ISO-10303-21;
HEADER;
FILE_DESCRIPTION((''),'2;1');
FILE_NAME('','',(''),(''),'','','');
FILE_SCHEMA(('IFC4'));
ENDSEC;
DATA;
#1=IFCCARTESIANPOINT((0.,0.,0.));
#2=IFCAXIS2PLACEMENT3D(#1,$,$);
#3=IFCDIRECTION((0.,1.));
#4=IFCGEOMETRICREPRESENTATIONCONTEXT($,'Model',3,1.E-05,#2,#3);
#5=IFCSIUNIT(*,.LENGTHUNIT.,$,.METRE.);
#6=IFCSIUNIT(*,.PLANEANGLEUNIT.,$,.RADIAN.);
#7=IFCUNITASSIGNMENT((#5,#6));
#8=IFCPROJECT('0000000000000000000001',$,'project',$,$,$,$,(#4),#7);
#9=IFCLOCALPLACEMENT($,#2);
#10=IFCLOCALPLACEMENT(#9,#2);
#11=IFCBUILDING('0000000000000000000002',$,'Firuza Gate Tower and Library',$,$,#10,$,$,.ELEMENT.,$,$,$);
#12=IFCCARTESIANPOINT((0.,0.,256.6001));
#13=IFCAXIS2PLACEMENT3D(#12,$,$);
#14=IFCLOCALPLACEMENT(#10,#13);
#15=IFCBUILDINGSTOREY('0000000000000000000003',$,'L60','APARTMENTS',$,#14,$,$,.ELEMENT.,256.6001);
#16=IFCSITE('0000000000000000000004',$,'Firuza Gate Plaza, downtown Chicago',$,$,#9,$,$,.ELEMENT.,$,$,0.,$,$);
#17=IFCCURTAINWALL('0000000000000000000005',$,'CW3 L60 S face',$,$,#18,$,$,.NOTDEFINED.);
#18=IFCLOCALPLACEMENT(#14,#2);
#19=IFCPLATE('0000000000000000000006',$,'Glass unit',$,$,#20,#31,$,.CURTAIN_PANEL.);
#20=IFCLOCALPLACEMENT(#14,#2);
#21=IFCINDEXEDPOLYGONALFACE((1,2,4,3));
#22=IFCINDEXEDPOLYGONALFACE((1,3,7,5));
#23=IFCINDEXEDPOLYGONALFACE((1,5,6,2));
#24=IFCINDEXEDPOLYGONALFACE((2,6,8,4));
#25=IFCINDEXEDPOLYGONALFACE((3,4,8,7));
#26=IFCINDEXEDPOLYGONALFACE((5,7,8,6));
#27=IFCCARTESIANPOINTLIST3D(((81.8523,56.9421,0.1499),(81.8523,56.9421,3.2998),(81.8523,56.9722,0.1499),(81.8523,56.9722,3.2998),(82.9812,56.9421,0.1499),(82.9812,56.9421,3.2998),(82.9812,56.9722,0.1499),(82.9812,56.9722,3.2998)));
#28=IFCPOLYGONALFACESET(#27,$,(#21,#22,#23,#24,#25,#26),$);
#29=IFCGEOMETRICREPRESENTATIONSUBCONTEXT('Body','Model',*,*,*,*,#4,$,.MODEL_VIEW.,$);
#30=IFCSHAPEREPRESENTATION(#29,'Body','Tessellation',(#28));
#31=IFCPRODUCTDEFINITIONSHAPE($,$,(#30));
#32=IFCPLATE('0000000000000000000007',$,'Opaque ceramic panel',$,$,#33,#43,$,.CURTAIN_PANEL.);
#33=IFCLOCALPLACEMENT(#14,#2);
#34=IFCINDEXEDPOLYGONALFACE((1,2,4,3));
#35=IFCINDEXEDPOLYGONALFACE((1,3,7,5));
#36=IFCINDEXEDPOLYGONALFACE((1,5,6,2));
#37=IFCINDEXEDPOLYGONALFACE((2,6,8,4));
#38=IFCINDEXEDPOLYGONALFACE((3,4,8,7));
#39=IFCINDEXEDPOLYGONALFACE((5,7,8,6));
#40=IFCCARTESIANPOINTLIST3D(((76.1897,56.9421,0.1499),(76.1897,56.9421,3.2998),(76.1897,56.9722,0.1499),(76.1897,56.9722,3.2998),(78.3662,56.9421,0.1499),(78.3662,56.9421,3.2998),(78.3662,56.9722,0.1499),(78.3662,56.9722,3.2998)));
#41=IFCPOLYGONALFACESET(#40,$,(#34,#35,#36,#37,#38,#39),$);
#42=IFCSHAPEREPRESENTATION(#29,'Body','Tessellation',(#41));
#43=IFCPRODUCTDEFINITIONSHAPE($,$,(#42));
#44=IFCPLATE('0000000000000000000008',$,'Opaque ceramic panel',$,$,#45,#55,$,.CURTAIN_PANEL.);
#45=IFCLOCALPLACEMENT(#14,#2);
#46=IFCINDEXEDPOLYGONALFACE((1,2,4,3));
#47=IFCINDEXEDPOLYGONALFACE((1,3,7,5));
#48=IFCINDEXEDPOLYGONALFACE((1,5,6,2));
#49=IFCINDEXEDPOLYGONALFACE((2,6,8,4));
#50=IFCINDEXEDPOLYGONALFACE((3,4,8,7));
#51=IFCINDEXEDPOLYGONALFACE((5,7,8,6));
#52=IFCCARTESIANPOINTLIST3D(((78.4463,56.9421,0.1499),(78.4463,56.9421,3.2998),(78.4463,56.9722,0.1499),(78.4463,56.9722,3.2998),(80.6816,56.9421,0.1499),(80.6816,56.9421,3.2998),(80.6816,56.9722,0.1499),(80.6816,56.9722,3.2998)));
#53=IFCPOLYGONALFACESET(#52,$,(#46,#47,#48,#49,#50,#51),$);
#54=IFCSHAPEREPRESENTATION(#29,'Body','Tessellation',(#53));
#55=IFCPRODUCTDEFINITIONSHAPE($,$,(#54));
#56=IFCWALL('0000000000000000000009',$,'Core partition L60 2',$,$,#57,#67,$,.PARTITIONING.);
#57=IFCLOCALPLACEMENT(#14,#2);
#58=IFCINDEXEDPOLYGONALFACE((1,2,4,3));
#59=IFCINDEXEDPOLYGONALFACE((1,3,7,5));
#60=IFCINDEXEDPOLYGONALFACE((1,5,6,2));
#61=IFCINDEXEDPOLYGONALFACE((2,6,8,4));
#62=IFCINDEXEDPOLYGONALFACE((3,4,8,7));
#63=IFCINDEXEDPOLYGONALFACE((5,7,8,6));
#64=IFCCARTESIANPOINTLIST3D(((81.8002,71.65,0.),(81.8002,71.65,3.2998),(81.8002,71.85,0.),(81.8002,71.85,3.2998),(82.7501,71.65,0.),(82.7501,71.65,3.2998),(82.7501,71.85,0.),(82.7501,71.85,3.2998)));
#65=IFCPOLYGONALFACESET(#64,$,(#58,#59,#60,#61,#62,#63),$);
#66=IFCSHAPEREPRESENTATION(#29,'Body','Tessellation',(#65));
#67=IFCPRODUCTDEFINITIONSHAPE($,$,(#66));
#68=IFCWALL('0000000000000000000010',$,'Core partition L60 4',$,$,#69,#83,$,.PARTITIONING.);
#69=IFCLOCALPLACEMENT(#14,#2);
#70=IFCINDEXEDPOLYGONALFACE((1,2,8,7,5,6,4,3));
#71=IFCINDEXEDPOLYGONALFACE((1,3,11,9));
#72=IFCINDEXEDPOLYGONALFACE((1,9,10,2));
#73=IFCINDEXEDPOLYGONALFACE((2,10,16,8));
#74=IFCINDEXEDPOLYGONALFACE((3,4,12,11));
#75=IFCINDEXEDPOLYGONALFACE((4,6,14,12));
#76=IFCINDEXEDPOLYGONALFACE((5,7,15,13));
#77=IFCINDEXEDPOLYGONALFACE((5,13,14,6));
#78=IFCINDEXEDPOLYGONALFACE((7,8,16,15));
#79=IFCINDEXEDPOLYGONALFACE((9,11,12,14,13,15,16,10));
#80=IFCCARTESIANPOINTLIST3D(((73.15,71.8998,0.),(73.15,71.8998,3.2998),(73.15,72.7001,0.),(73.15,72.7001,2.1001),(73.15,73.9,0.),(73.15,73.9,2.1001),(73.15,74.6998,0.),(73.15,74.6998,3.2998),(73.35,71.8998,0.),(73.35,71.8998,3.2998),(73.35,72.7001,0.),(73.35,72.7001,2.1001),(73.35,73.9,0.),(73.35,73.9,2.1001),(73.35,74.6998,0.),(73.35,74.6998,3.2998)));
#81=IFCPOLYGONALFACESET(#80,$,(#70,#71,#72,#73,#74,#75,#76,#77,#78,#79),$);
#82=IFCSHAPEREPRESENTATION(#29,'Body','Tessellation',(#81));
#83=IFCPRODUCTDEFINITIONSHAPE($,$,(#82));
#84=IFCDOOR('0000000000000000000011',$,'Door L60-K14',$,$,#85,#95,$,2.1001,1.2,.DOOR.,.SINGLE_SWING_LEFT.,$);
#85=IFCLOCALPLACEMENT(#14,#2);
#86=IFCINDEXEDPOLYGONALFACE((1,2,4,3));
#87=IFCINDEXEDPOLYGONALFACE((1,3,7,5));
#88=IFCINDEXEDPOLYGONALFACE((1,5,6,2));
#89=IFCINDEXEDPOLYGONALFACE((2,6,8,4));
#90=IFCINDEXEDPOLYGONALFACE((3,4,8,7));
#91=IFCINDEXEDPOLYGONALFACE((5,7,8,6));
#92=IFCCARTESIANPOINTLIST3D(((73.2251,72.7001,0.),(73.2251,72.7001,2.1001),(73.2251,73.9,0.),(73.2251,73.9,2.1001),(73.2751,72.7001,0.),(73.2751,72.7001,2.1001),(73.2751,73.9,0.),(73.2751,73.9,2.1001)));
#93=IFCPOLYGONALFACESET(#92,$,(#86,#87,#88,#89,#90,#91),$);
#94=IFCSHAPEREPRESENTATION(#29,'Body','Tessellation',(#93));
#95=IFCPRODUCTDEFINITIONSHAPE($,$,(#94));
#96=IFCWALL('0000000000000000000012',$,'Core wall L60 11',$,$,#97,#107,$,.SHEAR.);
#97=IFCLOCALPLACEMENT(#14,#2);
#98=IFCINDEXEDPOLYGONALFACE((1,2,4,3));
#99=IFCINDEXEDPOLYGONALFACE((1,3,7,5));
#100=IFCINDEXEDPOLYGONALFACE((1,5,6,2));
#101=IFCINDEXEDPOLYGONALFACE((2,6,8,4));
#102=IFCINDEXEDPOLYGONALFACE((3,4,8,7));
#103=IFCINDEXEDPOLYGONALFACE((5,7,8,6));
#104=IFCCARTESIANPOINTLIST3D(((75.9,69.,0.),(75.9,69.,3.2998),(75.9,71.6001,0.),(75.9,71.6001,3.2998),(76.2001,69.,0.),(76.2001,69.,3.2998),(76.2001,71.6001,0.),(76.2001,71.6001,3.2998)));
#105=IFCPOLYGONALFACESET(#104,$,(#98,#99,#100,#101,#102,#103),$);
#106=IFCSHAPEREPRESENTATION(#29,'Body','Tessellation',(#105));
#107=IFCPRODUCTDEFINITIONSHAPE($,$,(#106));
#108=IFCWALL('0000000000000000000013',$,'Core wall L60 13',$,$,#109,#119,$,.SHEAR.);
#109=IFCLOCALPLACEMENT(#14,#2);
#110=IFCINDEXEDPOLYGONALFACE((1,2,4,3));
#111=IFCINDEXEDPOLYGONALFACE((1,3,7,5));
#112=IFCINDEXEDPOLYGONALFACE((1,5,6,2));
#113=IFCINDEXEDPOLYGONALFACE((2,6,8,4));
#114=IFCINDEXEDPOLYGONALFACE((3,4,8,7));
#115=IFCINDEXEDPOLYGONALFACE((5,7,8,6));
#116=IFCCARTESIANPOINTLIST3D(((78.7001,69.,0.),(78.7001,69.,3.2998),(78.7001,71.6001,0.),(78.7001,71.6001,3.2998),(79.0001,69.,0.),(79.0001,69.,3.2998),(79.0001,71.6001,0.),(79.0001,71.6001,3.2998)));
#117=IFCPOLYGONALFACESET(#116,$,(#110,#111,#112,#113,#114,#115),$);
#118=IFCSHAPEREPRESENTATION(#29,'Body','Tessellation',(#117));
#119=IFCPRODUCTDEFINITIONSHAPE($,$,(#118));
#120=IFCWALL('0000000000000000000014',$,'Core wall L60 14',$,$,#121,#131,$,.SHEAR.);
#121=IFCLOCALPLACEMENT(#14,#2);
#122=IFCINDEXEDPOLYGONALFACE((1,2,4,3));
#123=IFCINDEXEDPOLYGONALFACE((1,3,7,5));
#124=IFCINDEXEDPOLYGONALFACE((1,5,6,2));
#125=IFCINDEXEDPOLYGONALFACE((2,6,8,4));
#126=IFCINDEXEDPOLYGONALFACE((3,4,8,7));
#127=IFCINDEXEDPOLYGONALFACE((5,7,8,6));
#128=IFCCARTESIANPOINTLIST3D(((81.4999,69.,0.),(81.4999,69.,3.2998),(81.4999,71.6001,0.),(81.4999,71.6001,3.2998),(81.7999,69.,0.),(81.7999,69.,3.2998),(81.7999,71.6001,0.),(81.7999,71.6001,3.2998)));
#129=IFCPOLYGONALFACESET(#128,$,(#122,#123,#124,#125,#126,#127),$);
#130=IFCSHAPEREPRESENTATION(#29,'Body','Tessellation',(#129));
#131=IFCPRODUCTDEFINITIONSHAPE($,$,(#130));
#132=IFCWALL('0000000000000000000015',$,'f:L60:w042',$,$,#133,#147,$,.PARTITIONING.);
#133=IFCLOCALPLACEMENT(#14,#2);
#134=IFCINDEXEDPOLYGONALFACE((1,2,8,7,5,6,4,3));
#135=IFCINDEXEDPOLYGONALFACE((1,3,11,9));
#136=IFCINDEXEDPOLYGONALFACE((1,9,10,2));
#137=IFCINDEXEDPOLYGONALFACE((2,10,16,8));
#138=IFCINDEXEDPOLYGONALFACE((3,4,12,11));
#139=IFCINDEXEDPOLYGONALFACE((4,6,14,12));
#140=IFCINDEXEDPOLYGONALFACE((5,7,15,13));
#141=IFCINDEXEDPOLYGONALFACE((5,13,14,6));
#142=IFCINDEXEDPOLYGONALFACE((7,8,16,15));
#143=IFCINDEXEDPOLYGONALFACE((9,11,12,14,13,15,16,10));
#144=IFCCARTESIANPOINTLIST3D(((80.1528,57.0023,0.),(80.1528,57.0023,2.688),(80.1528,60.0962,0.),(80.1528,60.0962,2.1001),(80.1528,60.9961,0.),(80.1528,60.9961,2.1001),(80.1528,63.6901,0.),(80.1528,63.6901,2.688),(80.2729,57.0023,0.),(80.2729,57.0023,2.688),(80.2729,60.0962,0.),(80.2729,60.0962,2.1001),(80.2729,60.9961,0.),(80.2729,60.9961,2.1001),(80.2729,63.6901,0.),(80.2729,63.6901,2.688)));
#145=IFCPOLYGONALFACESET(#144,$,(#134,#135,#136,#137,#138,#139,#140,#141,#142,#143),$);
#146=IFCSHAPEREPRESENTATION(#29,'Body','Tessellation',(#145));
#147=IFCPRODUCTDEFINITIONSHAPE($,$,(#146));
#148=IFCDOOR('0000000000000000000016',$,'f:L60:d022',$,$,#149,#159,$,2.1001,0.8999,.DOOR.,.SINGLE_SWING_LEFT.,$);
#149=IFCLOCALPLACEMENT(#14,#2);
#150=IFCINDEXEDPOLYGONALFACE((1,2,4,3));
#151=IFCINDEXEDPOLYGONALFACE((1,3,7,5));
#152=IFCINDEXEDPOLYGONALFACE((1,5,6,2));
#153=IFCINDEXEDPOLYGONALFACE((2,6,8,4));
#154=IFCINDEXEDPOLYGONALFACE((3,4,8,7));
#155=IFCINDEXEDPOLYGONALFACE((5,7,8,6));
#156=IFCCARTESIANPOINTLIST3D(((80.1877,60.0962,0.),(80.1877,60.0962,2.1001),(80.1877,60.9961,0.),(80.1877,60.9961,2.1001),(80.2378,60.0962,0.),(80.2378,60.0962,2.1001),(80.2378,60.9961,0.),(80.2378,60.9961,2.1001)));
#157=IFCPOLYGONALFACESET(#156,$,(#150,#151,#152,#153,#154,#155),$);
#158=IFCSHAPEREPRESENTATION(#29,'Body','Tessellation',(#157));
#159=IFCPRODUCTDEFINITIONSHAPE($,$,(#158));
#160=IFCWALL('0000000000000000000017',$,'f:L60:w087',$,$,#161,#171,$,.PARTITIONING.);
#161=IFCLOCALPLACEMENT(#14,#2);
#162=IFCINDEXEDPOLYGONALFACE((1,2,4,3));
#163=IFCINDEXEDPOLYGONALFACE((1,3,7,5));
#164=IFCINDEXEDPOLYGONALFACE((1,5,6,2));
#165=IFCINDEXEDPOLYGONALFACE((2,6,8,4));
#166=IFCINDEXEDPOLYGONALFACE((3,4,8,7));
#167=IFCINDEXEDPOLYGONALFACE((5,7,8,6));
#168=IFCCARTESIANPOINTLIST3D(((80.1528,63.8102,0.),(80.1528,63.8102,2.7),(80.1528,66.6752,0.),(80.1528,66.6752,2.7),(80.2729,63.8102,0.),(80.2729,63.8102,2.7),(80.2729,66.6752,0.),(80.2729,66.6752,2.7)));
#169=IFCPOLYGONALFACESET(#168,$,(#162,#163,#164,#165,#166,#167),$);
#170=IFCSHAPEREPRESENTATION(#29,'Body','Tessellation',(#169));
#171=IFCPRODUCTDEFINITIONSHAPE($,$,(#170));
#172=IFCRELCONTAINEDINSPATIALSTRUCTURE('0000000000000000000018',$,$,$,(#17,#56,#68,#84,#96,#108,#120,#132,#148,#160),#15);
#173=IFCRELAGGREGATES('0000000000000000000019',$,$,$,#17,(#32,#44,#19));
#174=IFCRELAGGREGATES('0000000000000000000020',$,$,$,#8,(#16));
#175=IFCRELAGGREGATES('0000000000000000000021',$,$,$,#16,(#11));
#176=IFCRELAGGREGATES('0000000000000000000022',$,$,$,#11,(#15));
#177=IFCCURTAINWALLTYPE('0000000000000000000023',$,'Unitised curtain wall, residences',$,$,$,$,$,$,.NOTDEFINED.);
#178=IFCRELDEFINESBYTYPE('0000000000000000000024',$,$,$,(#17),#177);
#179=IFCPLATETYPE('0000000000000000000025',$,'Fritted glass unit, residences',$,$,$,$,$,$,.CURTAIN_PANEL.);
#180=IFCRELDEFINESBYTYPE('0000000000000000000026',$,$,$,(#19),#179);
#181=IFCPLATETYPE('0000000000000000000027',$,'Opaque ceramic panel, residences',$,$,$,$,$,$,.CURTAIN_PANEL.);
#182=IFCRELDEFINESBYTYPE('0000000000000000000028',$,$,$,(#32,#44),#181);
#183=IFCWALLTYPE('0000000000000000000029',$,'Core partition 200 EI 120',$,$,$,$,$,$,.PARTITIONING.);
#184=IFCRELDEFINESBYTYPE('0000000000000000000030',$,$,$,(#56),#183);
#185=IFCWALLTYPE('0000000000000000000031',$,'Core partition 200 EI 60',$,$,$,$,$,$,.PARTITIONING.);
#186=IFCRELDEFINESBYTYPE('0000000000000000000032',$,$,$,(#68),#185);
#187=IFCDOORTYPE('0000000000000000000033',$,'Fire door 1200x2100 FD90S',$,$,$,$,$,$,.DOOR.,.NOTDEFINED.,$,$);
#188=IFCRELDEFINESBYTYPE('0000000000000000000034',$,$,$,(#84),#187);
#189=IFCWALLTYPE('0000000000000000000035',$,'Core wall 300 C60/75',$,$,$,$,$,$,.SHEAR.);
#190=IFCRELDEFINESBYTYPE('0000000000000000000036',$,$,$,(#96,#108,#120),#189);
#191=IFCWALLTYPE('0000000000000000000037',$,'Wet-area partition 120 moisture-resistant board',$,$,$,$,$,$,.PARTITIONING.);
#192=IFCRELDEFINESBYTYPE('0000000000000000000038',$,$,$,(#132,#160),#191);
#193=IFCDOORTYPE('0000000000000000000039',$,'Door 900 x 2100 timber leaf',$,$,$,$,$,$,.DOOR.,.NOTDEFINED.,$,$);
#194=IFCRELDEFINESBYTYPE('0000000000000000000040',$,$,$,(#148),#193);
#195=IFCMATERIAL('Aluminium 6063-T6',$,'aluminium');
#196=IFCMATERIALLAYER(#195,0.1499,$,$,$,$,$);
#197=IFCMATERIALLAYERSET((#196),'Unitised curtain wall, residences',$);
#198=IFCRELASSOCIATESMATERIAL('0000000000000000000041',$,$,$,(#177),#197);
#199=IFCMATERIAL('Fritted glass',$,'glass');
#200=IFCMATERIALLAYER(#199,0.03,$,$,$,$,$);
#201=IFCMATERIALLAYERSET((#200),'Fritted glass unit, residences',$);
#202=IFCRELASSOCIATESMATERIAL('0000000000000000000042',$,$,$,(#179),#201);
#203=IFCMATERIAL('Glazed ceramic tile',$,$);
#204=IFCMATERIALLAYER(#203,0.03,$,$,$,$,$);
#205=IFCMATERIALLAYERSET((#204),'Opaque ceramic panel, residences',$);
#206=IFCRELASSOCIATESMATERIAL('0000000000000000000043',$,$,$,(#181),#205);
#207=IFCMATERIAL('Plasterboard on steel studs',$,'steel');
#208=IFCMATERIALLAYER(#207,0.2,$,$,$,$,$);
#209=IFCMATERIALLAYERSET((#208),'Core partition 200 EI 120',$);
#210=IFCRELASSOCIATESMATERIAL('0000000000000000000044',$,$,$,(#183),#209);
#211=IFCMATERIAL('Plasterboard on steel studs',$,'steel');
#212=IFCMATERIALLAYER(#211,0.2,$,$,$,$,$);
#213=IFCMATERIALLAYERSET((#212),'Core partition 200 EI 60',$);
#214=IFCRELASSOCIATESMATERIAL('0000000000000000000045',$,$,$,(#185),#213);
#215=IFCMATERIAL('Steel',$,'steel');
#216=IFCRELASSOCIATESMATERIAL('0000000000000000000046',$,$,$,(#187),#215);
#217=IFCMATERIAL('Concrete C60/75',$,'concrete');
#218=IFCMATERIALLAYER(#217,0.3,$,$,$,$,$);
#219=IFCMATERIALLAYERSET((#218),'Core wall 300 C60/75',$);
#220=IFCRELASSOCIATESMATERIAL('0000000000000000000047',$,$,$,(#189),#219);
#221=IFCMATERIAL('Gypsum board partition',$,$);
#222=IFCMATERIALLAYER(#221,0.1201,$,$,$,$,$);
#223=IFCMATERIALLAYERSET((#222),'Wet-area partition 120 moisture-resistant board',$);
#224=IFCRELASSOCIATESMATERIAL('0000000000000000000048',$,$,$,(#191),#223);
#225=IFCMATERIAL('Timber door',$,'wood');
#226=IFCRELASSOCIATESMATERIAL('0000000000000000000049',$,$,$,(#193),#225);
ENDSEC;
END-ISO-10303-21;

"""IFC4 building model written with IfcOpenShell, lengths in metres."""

from ifc_helpers import new_model, si_unit, direction, frame, frame_2d, origin, place, context, subcontext, project, spatial, polyline, rectangle, outline, extrude, material, layer, layer_set, type_object, element, fill, aggregate, save


model = new_model("IFC4")

# Units and contexts
model_context = context("Model", 3, precision=1e-05, world=origin(), true_north=direction((0.0, 1.0)))
body_context = subcontext(model_context, "Body", "Model", "MODEL_VIEW")
ifc_project = project(units=[si_unit("LENGTHUNIT", "METRE"), si_unit("PLANEANGLEUNIT", "RADIAN")], contexts=[model_context])

# Site, building, storey
site_placement = place(None, origin())
site = spatial("IfcSite", under=ifc_project, at=site_placement, Name="Firuza Gate Plaza, downtown Chicago", CompositionType="ELEMENT", RefElevation=0.0)
building_placement = place(site_placement, origin())
building = spatial("IfcBuilding", under=site, at=building_placement, Name="Firuza Gate Tower and Library", CompositionType="ELEMENT")
storey_placement = place(building_placement, frame((0.0, 0.0, 256.6001)))
storey = spatial("IfcBuildingStorey", under=building, at=storey_placement, Name="L60", Description="APARTMENTS", CompositionType="ELEMENT", Elevation=256.6001)

# Curtain wall
ifc_material_1 = material(Name="Aluminium 6063-T6", Category="aluminium")
ifc_layer_1 = layer(ifc_material_1, 0.1499)
ifc_layer_set_1 = layer_set([ifc_layer_1], Name="Unitised curtain wall, residences")
curtain_wall_type = type_object("IfcCurtainWallType", Name="Unitised curtain wall, residences", PredefinedType="NOTDEFINED", material=ifc_layer_set_1)
curtain_wall_placement = place(storey_placement, origin())
curtain_wall = element("IfcCurtainWall", 1, at=curtain_wall_placement, inside=storey, type_object=curtain_wall_type, Name="CW3 L60 S face", PredefinedType="NOTDEFINED")

# Plates
ifc_material_2 = material(Name="Fritted glass", Category="glass")
ifc_layer_2 = layer(ifc_material_2, 0.03)
ifc_layer_set_2 = layer_set([ifc_layer_2], Name="Fritted glass unit, residences")
plate_type_1 = type_object("IfcPlateType", Name="Fritted glass unit, residences", PredefinedType="CURTAIN_PANEL", material=ifc_layer_set_2)
plate_1_placement = place(storey_placement, frame((81.8523, 56.9421, 0.1499), z_axis=(0.0, -1.0, 0.0), x_axis=(1.0, 0.0, 0.0)))
plate_1 = element("IfcPlate", 2, at=plate_1_placement, type_object=plate_type_1, Name="Glass unit", PredefinedType="CURTAIN_PANEL", context=body_context, shape_type="SweptSolid", body=[
    extrude(outline(polyline([(0.0, 0.0), (1.1289, 0.0), (1.1289, 3.1499), (0.0, 3.1499), (0.0, 0.0)])), origin(), (0.0, 0.0, -1.0), 0.03),
])
ifc_material_3 = material(Name="Glazed ceramic tile")
ifc_layer_3 = layer(ifc_material_3, 0.03)
ifc_layer_set_3 = layer_set([ifc_layer_3], Name="Opaque ceramic panel, residences")
plate_type_2 = type_object("IfcPlateType", Name="Opaque ceramic panel, residences", PredefinedType="CURTAIN_PANEL", material=ifc_layer_set_3)
plate_2_placement = place(storey_placement, frame((76.1897, 56.9421, 0.1499), z_axis=(0.0, -1.0, 0.0), x_axis=(1.0, 0.0, 0.0)))
plate_2 = element("IfcPlate", 3, at=plate_2_placement, type_object=plate_type_2, Name="Opaque ceramic panel", PredefinedType="CURTAIN_PANEL", context=body_context, shape_type="SweptSolid", body=[
    extrude(outline(polyline([(0.0, 0.0), (2.1765, 0.0), (2.1765, 3.1499), (0.0, 3.1499), (0.0, 0.0)])), origin(), (0.0, 0.0, -1.0), 0.03),
])
plate_3_placement = place(storey_placement, frame((78.4463, 56.9421, 0.1499), z_axis=(0.0, -1.0, 0.0), x_axis=(1.0, 0.0, 0.0)))
plate_3 = element("IfcPlate", 4, at=plate_3_placement, type_object=plate_type_2, Name="Opaque ceramic panel", PredefinedType="CURTAIN_PANEL", context=body_context, shape_type="SweptSolid", body=[
    extrude(outline(polyline([(0.0, 0.0), (2.2354, 0.0), (2.2354, 3.1499), (0.0, 3.1499), (0.0, 0.0)])), origin(), (0.0, 0.0, -1.0), 0.03),
])
aggregate(curtain_wall, [plate_2, plate_3, plate_1])

# Wall
ifc_material_4 = material(Name="Plasterboard on steel studs", Category="steel")
ifc_layer_4 = layer(ifc_material_4, 0.2)
ifc_layer_set_4 = layer_set([ifc_layer_4], Name="Core partition 200 EI 120")
wall_type_1 = type_object("IfcWallType", Name="Core partition 200 EI 120", PredefinedType="PARTITIONING", material=ifc_layer_set_4)
wall_1_placement = place(storey_placement, frame((81.8, 71.75, 0.0), z_axis=(0.0, 0.0, 1.0), x_axis=(1.0, 0.0, 0.0)))
element("IfcWall", 5, at=wall_1_placement, inside=storey, type_object=wall_type_1, Name="Core partition L60 2", PredefinedType="PARTITIONING", context=body_context, shape_type="SweptSolid", body=[
    extrude(rectangle(XDim=0.95, YDim=0.2, at=frame_2d((0.4751, 0.0))), origin(), (0.0, 0.0, 1.0), 3.2998),
])

# Wall, opening, door
ifc_material_5 = material(Name="Plasterboard on steel studs", Category="steel")
ifc_layer_5 = layer(ifc_material_5, 0.2)
ifc_layer_set_5 = layer_set([ifc_layer_5], Name="Core partition 200 EI 60")
wall_type_2 = type_object("IfcWallType", Name="Core partition 200 EI 60", PredefinedType="PARTITIONING", material=ifc_layer_set_5)
wall_2_placement = place(storey_placement, frame((73.25, 71.8999, 0.0), z_axis=(0.0, 0.0, 1.0), x_axis=(0.0, 1.0, 0.0)))
wall_2 = element("IfcWall", 6, at=wall_2_placement, inside=storey, type_object=wall_type_2, Name="Core partition L60 4", PredefinedType="PARTITIONING", context=body_context, shape_type="SweptSolid", body=[
    extrude(rectangle(XDim=2.8, YDim=0.2, at=frame_2d((1.3999, 0.0))), origin(), (0.0, 0.0, 1.0), 3.2998),
])
opening_1_placement = place(wall_2_placement, frame((0.8, 0.0, 0.0)))
opening_1 = element("IfcOpeningElement", 7, at=opening_1_placement, cuts=wall_2, PredefinedType="OPENING", context=body_context, shape_type="SweptSolid", body=[
    extrude(rectangle(XDim=1.2, YDim=2.1001, at=frame_2d((0.6001, 1.05))), frame((0.0, 0.1099, 0.0), z_axis=(0.0, -1.0, 0.0), x_axis=(1.0, 0.0, 0.0)), (0.0, 0.0, 1.0), 0.22),
])
ifc_material_6 = material(Name="Steel", Category="steel")
door_type_1 = type_object("IfcDoorType", Name="Fire door 1200x2100 FD90S", OperationType="NOTDEFINED", PredefinedType="DOOR", material=ifc_material_6)
door_1_placement = place(opening_1_placement, origin())
door_1 = element("IfcDoor", 8, at=door_1_placement, inside=storey, type_object=door_type_1, Name="Door L60-K14", OperationType="SINGLE_SWING_LEFT", OverallHeight=2.1001, OverallWidth=1.2, PredefinedType="DOOR", context=body_context, shape_type="SweptSolid", body=[
    extrude(rectangle(XDim=1.2, YDim=2.1001, at=frame_2d((0.6001, 1.05))), frame((0.0, 0.0249, 0.0), z_axis=(0.0, -1.0, 0.0), x_axis=(1.0, 0.0, 0.0)), (0.0, 0.0, 1.0), 0.05),
])
fill(opening_1, door_1)

# Walls
ifc_material_7 = material(Name="Concrete C60/75", Category="concrete")
ifc_layer_6 = layer(ifc_material_7, 0.3)
ifc_layer_set_6 = layer_set([ifc_layer_6], Name="Core wall 300 C60/75")
wall_type_3 = type_object("IfcWallType", Name="Core wall 300 C60/75", PredefinedType="SHEAR", material=ifc_layer_set_6)
for number, where, z_axis, x_axis, name in (
    (9, (76.05, 69.0, 0.0), (0.0, 0.0, 1.0), (0.0, 1.0, 0.0), "Core wall L60 11"),
    (10, (78.8501, 69.0, 0.0), (0.0, 0.0, 1.0), (0.0, 1.0, 0.0), "Core wall L60 13"),
    (11, (81.6499, 69.0, 0.0), (0.0, 0.0, 1.0), (0.0, 1.0, 0.0), "Core wall L60 14"),
):
    element("IfcWall", number, at=place(storey_placement, frame(where, z_axis=z_axis, x_axis=x_axis)), inside=storey, type_object=wall_type_3, Name=name, PredefinedType="SHEAR", context=body_context, shape_type="SweptSolid", body=[
        extrude(rectangle(XDim=2.6001, YDim=0.3, at=frame_2d((1.3, 0.0))), origin(), (0.0, 0.0, 1.0), 3.2998),
    ])

# Wall, opening, door
ifc_material_8 = material(Name="Gypsum board partition")
ifc_layer_7 = layer(ifc_material_8, 0.1201)
ifc_layer_set_7 = layer_set([ifc_layer_7], Name="Wet-area partition 120 moisture-resistant board")
wall_type_4 = type_object("IfcWallType", Name="Wet-area partition 120 moisture-resistant board", PredefinedType="PARTITIONING", material=ifc_layer_set_7)
wall_3_placement = place(storey_placement, frame((80.2129, 63.6899, 0.0), z_axis=(0.0, 0.0, 1.0), x_axis=(0.0, -1.0, 0.0)))
wall_3 = element("IfcWall", 12, at=wall_3_placement, inside=storey, type_object=wall_type_4, Name="f:L60:w042", PredefinedType="PARTITIONING", context=body_context, shape_type="SweptSolid", body=[
    extrude(rectangle(XDim=6.6877, YDim=0.1201, at=frame_2d((3.3438, 0.0))), origin(), (0.0, 0.0, 1.0), 2.688),
])
opening_2_placement = place(wall_3_placement, frame((2.6938, 0.0, 0.0)))
opening_2 = element("IfcOpeningElement", 13, at=opening_2_placement, cuts=wall_3, PredefinedType="OPENING", context=body_context, shape_type="SweptSolid", body=[
    extrude(rectangle(XDim=0.8999, YDim=2.1001, at=frame_2d((0.45, 1.05))), frame((0.0, 0.0701, 0.0), z_axis=(0.0, -1.0, 0.0), x_axis=(1.0, 0.0, 0.0)), (0.0, 0.0, 1.0), 0.1401),
])
ifc_material_9 = material(Name="Timber door", Category="wood")
door_type_2 = type_object("IfcDoorType", Name="Door 900 x 2100 timber leaf", OperationType="NOTDEFINED", PredefinedType="DOOR", material=ifc_material_9)
door_2_placement = place(opening_2_placement, origin())
door_2 = element("IfcDoor", 14, at=door_2_placement, inside=storey, type_object=door_type_2, Name="f:L60:d022", OperationType="SINGLE_SWING_LEFT", OverallHeight=2.1001, OverallWidth=0.8999, PredefinedType="DOOR", context=body_context, shape_type="SweptSolid", body=[
    extrude(rectangle(XDim=0.8999, YDim=2.1001, at=frame_2d((0.45, 1.05))), frame((0.0, 0.0249, 0.0), z_axis=(0.0, -1.0, 0.0), x_axis=(1.0, 0.0, 0.0)), (0.0, 0.0, 1.0), 0.05),
])
fill(opening_2, door_2)

# Wall
wall_4_placement = place(storey_placement, frame((80.2129, 63.8101, 0.0), z_axis=(0.0, 0.0, 1.0), x_axis=(0.0, 1.0, 0.0)))
element("IfcWall", 15, at=wall_4_placement, inside=storey, type_object=wall_type_4, Name="f:L60:w087", PredefinedType="PARTITIONING", context=body_context, shape_type="SweptSolid", body=[
    extrude(rectangle(XDim=2.865, YDim=0.1201, at=frame_2d((1.4326, 0.0))), origin(), (0.0, 0.0, 1.0), 2.7),
])

save(model, "model.ifc")
